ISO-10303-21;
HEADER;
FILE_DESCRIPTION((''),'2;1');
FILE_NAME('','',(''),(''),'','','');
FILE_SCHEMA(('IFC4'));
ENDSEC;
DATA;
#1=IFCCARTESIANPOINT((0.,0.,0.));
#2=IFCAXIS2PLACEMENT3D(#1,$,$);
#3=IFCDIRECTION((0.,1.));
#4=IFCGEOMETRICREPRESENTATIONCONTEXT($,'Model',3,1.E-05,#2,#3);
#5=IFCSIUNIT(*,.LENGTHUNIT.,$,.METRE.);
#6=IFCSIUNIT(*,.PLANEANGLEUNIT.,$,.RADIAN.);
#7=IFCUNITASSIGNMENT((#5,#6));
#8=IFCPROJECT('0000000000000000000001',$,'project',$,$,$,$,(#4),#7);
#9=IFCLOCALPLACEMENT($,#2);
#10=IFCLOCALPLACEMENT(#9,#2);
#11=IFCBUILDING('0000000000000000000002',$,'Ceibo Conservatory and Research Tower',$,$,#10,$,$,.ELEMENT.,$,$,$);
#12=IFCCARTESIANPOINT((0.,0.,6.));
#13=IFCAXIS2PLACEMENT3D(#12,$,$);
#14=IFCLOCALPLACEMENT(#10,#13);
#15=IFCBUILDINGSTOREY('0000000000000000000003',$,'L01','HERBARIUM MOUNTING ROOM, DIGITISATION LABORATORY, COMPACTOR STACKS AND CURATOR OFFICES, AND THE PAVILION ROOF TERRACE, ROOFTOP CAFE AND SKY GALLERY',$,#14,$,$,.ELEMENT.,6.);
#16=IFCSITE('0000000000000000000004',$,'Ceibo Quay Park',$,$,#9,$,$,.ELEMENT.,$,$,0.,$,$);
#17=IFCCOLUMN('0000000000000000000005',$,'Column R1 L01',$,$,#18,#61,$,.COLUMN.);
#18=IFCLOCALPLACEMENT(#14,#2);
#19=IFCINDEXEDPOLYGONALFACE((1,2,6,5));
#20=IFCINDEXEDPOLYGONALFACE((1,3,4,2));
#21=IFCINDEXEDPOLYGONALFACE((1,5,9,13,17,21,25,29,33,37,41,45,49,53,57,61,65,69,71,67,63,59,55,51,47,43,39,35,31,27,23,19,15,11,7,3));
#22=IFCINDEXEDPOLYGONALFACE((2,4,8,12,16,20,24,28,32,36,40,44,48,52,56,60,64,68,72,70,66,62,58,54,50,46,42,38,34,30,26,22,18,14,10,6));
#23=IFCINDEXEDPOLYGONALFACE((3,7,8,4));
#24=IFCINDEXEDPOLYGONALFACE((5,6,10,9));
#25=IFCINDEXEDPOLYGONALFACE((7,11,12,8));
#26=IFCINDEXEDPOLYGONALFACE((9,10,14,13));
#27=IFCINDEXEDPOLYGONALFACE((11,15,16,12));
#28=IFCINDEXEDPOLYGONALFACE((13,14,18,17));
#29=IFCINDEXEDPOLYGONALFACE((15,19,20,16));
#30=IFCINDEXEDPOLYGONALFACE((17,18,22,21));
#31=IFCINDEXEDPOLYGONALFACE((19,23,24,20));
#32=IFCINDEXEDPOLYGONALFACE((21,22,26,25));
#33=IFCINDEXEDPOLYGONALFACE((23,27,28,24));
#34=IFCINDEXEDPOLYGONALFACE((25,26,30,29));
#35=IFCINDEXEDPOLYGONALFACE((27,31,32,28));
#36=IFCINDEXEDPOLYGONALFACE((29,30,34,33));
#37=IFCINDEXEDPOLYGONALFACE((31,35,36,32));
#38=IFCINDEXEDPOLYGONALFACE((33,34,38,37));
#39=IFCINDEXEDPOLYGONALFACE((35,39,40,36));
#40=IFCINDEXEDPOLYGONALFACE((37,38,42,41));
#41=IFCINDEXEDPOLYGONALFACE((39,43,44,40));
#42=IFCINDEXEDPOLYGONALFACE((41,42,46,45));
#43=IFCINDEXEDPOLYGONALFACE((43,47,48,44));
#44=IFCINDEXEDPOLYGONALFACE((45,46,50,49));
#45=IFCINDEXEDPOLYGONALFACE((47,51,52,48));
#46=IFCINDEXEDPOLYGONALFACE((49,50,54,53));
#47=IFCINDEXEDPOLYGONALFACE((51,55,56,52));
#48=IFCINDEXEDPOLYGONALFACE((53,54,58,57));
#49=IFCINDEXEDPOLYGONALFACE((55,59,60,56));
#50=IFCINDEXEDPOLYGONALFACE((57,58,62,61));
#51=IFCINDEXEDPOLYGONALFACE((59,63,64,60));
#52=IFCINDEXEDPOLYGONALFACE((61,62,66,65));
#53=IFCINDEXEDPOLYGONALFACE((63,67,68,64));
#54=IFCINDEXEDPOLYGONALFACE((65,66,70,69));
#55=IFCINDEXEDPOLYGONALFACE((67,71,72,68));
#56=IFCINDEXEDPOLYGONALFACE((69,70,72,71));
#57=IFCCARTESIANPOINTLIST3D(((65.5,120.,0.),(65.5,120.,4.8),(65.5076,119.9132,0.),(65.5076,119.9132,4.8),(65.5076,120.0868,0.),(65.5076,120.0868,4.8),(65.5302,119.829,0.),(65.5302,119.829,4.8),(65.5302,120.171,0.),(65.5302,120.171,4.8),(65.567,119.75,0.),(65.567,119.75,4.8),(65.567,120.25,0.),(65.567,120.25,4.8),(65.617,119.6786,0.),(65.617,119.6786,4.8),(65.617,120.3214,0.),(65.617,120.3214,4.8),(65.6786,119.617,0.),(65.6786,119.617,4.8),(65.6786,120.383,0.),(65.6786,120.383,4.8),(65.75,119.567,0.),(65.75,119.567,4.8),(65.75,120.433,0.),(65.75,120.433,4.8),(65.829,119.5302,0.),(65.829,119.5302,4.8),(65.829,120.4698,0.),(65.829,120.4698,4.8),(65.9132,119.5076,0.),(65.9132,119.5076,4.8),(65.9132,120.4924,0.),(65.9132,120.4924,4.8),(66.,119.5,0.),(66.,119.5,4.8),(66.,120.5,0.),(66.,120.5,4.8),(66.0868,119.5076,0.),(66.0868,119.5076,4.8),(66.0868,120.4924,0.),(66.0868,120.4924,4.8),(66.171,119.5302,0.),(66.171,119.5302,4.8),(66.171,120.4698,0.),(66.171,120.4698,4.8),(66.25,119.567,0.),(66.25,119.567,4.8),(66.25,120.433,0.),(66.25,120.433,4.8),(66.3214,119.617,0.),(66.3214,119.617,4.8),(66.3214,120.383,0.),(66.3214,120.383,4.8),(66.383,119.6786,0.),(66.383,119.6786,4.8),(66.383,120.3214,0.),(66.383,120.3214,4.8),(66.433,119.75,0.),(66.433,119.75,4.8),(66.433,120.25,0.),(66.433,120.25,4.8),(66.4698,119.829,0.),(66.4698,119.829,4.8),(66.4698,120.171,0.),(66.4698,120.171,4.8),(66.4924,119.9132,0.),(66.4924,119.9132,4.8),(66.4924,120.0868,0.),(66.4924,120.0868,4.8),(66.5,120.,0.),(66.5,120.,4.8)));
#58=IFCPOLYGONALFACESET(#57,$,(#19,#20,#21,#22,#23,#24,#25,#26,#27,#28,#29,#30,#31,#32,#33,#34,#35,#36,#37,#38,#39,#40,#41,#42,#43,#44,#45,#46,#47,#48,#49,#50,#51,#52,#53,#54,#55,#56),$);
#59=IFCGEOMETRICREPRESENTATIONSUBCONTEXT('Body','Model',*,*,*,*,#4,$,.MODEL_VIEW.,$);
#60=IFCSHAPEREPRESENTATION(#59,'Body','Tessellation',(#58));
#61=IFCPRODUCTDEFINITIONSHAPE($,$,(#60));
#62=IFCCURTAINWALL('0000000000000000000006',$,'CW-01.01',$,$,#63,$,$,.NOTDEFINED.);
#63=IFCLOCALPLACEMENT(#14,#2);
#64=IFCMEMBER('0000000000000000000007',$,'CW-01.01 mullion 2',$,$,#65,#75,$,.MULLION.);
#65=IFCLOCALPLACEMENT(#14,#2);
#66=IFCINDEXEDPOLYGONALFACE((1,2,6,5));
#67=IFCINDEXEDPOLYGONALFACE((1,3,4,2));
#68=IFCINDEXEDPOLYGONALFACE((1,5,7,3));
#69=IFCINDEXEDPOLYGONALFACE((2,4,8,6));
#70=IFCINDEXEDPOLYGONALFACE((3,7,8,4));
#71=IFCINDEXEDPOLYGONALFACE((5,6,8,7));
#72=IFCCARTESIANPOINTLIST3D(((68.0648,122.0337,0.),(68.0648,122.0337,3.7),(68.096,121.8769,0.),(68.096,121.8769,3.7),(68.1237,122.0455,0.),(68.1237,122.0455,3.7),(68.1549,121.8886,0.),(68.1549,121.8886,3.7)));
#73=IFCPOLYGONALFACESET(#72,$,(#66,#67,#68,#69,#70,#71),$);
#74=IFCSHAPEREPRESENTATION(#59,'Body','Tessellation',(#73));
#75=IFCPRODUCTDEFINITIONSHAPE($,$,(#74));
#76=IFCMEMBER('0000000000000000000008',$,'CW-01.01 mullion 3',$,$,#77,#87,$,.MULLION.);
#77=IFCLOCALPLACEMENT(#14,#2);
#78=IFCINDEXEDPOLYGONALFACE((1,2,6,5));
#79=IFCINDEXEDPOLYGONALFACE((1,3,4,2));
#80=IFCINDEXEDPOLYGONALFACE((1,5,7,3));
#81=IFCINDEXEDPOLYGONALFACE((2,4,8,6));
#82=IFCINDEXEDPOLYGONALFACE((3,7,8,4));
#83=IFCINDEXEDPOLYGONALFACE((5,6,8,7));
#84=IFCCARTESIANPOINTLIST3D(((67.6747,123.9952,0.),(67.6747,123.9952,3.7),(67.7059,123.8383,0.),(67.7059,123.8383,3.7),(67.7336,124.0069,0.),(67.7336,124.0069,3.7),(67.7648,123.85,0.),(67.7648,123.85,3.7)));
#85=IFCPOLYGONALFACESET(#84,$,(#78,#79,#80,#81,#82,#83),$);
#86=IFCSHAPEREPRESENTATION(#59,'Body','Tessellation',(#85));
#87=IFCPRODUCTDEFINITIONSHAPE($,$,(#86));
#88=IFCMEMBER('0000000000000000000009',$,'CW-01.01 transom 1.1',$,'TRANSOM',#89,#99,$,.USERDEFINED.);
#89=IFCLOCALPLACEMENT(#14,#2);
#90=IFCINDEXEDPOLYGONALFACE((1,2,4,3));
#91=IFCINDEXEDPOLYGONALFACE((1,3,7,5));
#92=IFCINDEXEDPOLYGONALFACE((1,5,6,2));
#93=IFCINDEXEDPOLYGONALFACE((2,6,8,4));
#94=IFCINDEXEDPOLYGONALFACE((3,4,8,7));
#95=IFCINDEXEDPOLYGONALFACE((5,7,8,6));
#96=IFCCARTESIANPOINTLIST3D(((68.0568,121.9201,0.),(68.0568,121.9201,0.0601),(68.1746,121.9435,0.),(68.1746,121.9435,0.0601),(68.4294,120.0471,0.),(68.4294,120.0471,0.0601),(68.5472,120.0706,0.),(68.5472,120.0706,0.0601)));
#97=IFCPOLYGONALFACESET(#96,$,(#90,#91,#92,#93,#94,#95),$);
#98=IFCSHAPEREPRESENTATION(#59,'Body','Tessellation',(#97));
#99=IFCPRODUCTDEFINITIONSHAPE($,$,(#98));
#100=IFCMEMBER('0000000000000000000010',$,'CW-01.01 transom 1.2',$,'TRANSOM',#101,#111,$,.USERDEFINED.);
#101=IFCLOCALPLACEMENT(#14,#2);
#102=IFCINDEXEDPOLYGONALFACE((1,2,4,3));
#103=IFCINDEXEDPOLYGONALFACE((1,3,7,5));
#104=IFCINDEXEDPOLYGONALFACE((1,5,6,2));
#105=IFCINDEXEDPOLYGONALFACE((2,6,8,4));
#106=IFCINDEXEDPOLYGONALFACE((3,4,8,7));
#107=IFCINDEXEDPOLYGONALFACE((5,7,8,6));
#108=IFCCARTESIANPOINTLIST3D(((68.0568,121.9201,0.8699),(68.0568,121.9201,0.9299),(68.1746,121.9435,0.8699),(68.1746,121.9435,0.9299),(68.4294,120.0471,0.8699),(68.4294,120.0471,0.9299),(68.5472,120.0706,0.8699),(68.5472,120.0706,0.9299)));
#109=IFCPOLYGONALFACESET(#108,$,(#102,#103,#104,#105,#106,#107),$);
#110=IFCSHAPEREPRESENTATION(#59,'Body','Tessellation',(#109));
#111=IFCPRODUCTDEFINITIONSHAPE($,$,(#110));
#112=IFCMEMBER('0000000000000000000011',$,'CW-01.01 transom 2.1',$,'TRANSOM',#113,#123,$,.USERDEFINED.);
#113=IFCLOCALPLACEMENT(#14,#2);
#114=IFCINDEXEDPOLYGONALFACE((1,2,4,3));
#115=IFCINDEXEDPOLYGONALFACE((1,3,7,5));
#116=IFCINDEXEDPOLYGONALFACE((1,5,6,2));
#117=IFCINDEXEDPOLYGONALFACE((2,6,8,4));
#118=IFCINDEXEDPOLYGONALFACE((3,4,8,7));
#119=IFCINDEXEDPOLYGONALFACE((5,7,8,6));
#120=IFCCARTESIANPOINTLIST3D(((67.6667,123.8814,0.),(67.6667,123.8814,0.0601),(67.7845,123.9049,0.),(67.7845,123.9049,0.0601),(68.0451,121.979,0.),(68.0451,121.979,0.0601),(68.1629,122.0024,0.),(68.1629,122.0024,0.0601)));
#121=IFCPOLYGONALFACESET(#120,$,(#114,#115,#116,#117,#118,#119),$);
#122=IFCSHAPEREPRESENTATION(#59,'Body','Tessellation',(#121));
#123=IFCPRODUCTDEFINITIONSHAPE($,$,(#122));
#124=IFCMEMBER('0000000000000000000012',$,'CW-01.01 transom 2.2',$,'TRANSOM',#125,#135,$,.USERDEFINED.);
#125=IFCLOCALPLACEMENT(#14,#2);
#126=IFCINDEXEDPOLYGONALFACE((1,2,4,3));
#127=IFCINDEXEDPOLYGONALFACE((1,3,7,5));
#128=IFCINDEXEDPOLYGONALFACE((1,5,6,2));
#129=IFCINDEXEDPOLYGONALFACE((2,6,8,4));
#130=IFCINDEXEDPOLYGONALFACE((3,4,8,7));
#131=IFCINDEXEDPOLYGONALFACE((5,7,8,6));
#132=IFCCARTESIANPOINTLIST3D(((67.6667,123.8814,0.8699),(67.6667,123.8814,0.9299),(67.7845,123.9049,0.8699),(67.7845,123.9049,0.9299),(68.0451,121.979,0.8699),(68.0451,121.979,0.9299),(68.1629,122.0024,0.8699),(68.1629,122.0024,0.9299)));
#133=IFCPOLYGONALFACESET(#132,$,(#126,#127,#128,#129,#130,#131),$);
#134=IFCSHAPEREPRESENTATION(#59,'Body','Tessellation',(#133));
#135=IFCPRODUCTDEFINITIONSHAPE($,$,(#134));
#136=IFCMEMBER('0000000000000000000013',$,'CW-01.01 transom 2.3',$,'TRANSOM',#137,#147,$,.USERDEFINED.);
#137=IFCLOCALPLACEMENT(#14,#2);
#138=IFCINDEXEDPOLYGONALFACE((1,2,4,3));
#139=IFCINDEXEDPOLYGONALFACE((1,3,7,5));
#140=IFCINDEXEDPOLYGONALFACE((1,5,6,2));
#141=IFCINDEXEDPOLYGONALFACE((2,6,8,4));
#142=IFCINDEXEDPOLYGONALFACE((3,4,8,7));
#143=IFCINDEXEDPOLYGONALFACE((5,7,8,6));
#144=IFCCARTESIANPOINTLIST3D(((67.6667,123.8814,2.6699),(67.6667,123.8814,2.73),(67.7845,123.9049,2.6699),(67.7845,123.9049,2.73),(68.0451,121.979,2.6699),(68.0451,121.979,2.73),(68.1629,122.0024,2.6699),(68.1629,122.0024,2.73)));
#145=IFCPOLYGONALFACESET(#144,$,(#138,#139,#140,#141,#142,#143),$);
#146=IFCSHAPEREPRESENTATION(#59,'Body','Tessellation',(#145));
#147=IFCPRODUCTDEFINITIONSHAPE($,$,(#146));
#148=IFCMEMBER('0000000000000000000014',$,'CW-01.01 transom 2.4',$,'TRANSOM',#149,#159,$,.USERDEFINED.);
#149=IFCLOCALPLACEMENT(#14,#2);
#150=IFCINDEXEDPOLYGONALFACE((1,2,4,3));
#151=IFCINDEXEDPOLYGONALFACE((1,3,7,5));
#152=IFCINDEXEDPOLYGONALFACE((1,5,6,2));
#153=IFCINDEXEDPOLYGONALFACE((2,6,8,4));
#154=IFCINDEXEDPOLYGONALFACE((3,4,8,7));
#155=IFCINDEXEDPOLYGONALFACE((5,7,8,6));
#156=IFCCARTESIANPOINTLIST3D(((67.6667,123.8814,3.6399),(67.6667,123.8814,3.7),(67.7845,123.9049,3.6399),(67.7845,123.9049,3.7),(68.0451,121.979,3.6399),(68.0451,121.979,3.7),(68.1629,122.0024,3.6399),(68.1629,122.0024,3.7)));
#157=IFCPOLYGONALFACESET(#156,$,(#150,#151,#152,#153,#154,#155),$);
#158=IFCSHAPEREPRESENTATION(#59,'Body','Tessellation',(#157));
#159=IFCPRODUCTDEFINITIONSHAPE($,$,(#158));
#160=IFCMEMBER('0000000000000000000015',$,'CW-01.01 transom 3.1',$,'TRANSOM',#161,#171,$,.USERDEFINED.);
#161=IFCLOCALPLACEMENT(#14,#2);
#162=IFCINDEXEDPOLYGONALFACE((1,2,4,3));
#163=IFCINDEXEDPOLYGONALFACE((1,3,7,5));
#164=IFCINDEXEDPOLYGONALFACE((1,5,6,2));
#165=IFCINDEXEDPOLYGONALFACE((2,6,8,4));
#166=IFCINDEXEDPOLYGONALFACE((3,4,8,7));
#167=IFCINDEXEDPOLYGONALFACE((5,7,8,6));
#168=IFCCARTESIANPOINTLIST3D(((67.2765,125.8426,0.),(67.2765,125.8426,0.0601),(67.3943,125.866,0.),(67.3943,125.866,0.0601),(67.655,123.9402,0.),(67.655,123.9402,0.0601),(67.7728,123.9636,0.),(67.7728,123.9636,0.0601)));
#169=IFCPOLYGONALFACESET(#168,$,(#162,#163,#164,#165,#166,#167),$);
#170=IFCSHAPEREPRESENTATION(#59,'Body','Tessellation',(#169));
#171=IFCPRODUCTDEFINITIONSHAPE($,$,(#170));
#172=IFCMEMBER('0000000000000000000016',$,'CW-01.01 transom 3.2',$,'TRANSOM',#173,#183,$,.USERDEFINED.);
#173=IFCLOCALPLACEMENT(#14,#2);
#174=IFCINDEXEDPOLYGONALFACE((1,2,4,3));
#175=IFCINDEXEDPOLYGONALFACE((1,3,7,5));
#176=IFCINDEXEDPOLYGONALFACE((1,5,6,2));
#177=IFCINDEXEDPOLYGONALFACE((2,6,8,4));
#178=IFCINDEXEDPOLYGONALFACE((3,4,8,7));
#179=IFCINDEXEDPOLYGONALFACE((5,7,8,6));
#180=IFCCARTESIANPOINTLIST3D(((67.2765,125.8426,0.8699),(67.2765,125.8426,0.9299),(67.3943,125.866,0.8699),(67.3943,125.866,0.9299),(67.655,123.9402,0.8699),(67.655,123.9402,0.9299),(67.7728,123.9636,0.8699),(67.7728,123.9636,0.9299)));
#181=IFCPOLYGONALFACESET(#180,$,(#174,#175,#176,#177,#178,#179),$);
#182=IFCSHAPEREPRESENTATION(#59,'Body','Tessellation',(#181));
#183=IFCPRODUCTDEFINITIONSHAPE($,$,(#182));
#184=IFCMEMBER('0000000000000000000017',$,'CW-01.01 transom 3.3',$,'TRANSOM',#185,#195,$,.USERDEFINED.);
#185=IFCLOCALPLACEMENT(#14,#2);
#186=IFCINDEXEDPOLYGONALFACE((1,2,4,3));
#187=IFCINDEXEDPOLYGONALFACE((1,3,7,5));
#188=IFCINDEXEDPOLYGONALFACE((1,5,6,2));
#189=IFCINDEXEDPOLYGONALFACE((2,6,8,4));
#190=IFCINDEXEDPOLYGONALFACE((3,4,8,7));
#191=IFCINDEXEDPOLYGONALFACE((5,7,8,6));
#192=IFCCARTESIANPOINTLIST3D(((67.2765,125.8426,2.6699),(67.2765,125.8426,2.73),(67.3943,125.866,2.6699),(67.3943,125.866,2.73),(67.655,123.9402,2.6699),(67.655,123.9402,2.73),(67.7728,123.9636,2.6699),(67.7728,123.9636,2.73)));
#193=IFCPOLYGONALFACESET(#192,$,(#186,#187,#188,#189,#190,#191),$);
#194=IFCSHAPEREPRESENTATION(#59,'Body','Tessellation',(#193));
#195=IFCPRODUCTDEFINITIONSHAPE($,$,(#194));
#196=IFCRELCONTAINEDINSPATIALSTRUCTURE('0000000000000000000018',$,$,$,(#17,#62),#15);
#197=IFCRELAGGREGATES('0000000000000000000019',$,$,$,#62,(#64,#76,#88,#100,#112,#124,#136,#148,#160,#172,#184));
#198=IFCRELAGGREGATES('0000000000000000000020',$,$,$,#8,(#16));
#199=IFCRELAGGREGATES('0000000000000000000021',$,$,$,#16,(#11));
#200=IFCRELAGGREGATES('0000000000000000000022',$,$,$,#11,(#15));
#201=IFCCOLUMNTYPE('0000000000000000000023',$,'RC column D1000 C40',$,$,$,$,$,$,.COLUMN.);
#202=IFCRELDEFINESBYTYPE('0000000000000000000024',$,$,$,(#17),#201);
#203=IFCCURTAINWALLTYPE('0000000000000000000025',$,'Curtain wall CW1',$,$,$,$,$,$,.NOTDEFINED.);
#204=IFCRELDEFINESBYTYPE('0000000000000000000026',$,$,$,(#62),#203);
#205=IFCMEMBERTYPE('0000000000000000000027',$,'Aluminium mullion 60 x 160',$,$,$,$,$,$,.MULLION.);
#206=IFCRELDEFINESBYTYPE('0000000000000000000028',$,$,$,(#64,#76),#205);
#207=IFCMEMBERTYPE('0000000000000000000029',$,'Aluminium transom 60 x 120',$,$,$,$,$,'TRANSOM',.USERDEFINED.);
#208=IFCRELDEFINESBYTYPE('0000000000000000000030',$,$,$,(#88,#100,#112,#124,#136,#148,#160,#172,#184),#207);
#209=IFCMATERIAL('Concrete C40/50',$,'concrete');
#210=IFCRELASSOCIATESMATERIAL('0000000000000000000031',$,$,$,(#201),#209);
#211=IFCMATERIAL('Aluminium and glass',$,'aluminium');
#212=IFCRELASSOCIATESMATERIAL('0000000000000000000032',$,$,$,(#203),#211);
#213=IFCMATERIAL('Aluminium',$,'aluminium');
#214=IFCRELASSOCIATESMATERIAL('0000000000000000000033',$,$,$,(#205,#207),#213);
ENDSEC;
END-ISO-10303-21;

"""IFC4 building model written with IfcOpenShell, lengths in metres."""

from ifc_helpers import new_model, si_unit, direction, frame, origin, origin_2d, place, context, subcontext, project, spatial, rectangle, circle, extrude, material, material_profile, profile_set, type_object, element, aggregate, save


model = new_model("IFC4")

# Units and contexts
model_context = context("Model", 3, precision=1e-05, world=origin(), true_north=direction((0.0, 1.0)))
body_context = subcontext(model_context, "Body", "Model", "MODEL_VIEW")
ifc_project = project(units=[si_unit("LENGTHUNIT", "METRE"), si_unit("PLANEANGLEUNIT", "RADIAN")], contexts=[model_context])

# Site, building, storey
site_placement = place(None, origin())
site = spatial("IfcSite", under=ifc_project, at=site_placement, Name="Ceibo Quay Park", CompositionType="ELEMENT", RefElevation=0.0)
building_placement = place(site_placement, origin())
building = spatial("IfcBuilding", under=site, at=building_placement, Name="Ceibo Conservatory and Research Tower", CompositionType="ELEMENT")
storey_placement = place(building_placement, frame((0.0, 0.0, 6.0)))
storey = spatial("IfcBuildingStorey", under=building, at=storey_placement, Name="L01", Description="HERBARIUM MOUNTING ROOM, DIGITISATION LABORATORY, COMPACTOR STACKS AND CURATOR OFFICES, AND THE PAVILION ROOF TERRACE, ROOFTOP CAFE AND SKY GALLERY", CompositionType="ELEMENT", Elevation=6.0)

# Column
ifc_material_1 = material(Name="Concrete C40/50", Category="concrete")
ifc_material_profile_1 = material_profile(ifc_material_1, circle(Radius=0.5, at=origin_2d()), Name="RC D1000")
ifc_profile_set_1 = profile_set([ifc_material_profile_1], Name="Concrete C40/50")
column_type = type_object("IfcColumnType", Name="RC column D1000 C40", PredefinedType="COLUMN", material=ifc_profile_set_1)
column_placement = place(storey_placement, frame((66.0, 120.0, 0.0), z_axis=(0.0, 0.0, 1.0), x_axis=(1.0, 0.0, 0.0)))
element("IfcColumn", 1, at=column_placement, inside=storey, type_object=column_type, Name="Column R1 L01", PredefinedType="COLUMN", context=body_context, shape_type="SweptSolid", body=[
    extrude(circle(Radius=0.5, at=origin_2d()), origin(), (0.0, 0.0, 1.0), 4.8),
])

# Curtain wall, members
ifc_material_2 = material(Name="Aluminium and glass", Category="aluminium")
curtain_wall_type = type_object("IfcCurtainWallType", Name="Curtain wall CW1", PredefinedType="NOTDEFINED", material=ifc_material_2)
curtain_wall_placement = place(storey_placement, origin())
curtain_wall = element("IfcCurtainWall", 2, at=curtain_wall_placement, inside=storey, type_object=curtain_wall_type, Name="CW-01.01", PredefinedType="NOTDEFINED")
ifc_material_3 = material(Name="Aluminium", Category="aluminium")
ifc_material_profile_2 = material_profile(ifc_material_3, rectangle(XDim=0.0601, YDim=0.1599, at=origin_2d()), Name="Aluminium 60 x 160")
ifc_profile_set_2 = profile_set([ifc_material_profile_2], Name="Aluminium")
member_type_1 = type_object("IfcMemberType", Name="Aluminium mullion 60 x 160", PredefinedType="MULLION", material=ifc_profile_set_2)
member_1_placement = place(storey_placement, frame((68.1099, 121.9612, 0.0), z_axis=(0.0, 0.0, 1.0), x_axis=(-0.980785, -0.19509, 0.0)))
member_1 = element("IfcMember", 3, at=member_1_placement, type_object=member_type_1, Name="CW-01.01 mullion 2", PredefinedType="MULLION", context=body_context, shape_type="SweptSolid", body=[
    extrude(rectangle(XDim=0.0601, YDim=0.1599, at=origin_2d()), origin(), (0.0, 0.0, 1.0), 3.7),
])
member_2_placement = place(storey_placement, frame((67.7197, 123.9226, 0.0), z_axis=(0.0, 0.0, 1.0), x_axis=(-0.980785, -0.19509, 0.0)))
member_2 = element("IfcMember", 4, at=member_2_placement, type_object=member_type_1, Name="CW-01.01 mullion 3", PredefinedType="MULLION", context=body_context, shape_type="SweptSolid", body=[
    extrude(rectangle(XDim=0.0601, YDim=0.1599, at=origin_2d()), origin(), (0.0, 0.0, 1.0), 3.7),
])
ifc_material_profile_3 = material_profile(ifc_material_3, rectangle(XDim=0.1201, YDim=0.0601, at=origin_2d()), Name="Aluminium 60 x 120")
ifc_profile_set_3 = profile_set([ifc_material_profile_3], Name="Aluminium")
member_type_2 = type_object("IfcMemberType", Name="Aluminium transom 60 x 120", ElementType="TRANSOM", PredefinedType="USERDEFINED", material=ifc_profile_set_3)
member_3_placement = place(storey_placement, frame((68.4883, 120.0588, 0.03), z_axis=(-0.195083, 0.980787, 0.0), x_axis=(-0.980787, -0.195083, 0.0)))
member_3 = element("IfcMember", 5, at=member_3_placement, type_object=member_type_2, Name="CW-01.01 transom 1.1", ObjectType="TRANSOM", PredefinedType="USERDEFINED", context=body_context, shape_type="SweptSolid", body=[
    extrude(rectangle(XDim=0.1201, YDim=0.0601, at=origin_2d()), origin(), (0.0, 0.0, 1.0), 1.9097),
])
member_4_placement = place(storey_placement, frame((68.4883, 120.0588, 0.8999), z_axis=(-0.195083, 0.980787, 0.0), x_axis=(-0.980787, -0.195083, 0.0)))
member_4 = element("IfcMember", 6, at=member_4_placement, type_object=member_type_2, Name="CW-01.01 transom 1.2", ObjectType="TRANSOM", PredefinedType="USERDEFINED", context=body_context, shape_type="SweptSolid", body=[
    extrude(rectangle(XDim=0.1201, YDim=0.0601, at=origin_2d()), origin(), (0.0, 0.0, 1.0), 1.9097),
])
member_5_placement = place(storey_placement, frame((68.104, 121.9907, 0.03), z_axis=(-0.195099, 0.980783, 0.0), x_axis=(-0.980783, -0.195099, 0.0)))
member_5 = element("IfcMember", 7, at=member_5_placement, type_object=member_type_2, Name="CW-01.01 transom 2.1", ObjectType="TRANSOM", PredefinedType="USERDEFINED", context=body_context, shape_type="SweptSolid", body=[
    extrude(rectangle(XDim=0.1201, YDim=0.0601, at=origin_2d()), origin(), (0.0, 0.0, 1.0), 1.9397),
])
member_6_placement = place(storey_placement, frame((68.104, 121.9907, 0.8999), z_axis=(-0.195099, 0.980783, 0.0), x_axis=(-0.980783, -0.195099, 0.0)))
member_6 = element("IfcMember", 8, at=member_6_placement, type_object=member_type_2, Name="CW-01.01 transom 2.2", ObjectType="TRANSOM", PredefinedType="USERDEFINED", context=body_context, shape_type="SweptSolid", body=[
    extrude(rectangle(XDim=0.1201, YDim=0.0601, at=origin_2d()), origin(), (0.0, 0.0, 1.0), 1.9397),
])
member_7_placement = place(storey_placement, frame((68.104, 121.9907, 2.7), z_axis=(-0.195099, 0.980783, 0.0), x_axis=(-0.980783, -0.195099, 0.0)))
member_7 = element("IfcMember", 9, at=member_7_placement, type_object=member_type_2, Name="CW-01.01 transom 2.3", ObjectType="TRANSOM", PredefinedType="USERDEFINED", context=body_context, shape_type="SweptSolid", body=[
    extrude(rectangle(XDim=0.1201, YDim=0.0601, at=origin_2d()), origin(), (0.0, 0.0, 1.0), 1.9397),
])
member_8_placement = place(storey_placement, frame((68.104, 121.9907, 3.6699), z_axis=(-0.195099, 0.980783, 0.0), x_axis=(-0.980783, -0.195099, 0.0)))
member_8 = element("IfcMember", 10, at=member_8_placement, type_object=member_type_2, Name="CW-01.01 transom 2.4", ObjectType="TRANSOM", PredefinedType="USERDEFINED", context=body_context, shape_type="SweptSolid", body=[
    extrude(rectangle(XDim=0.1201, YDim=0.0601, at=origin_2d()), origin(), (0.0, 0.0, 1.0), 1.9397),
])
member_9_placement = place(storey_placement, frame((67.7139, 123.9519, 0.03), z_axis=(-0.195099, 0.980783, 0.0), x_axis=(-0.980783, -0.195099, 0.0)))
member_9 = element("IfcMember", 11, at=member_9_placement, type_object=member_type_2, Name="CW-01.01 transom 3.1", ObjectType="TRANSOM", PredefinedType="USERDEFINED", context=body_context, shape_type="SweptSolid", body=[
    extrude(rectangle(XDim=0.1201, YDim=0.0601, at=origin_2d()), origin(), (0.0, 0.0, 1.0), 1.9397),
])
member_10_placement = place(storey_placement, frame((67.7139, 123.9519, 0.8999), z_axis=(-0.195099, 0.980783, 0.0), x_axis=(-0.980783, -0.195099, 0.0)))
member_10 = element("IfcMember", 12, at=member_10_placement, type_object=member_type_2, Name="CW-01.01 transom 3.2", ObjectType="TRANSOM", PredefinedType="USERDEFINED", context=body_context, shape_type="SweptSolid", body=[
    extrude(rectangle(XDim=0.1201, YDim=0.0601, at=origin_2d()), origin(), (0.0, 0.0, 1.0), 1.9397),
])
member_11_placement = place(storey_placement, frame((67.7139, 123.9519, 2.7), z_axis=(-0.195099, 0.980783, 0.0), x_axis=(-0.980783, -0.195099, 0.0)))
member_11 = element("IfcMember", 13, at=member_11_placement, type_object=member_type_2, Name="CW-01.01 transom 3.3", ObjectType="TRANSOM", PredefinedType="USERDEFINED", context=body_context, shape_type="SweptSolid", body=[
    extrude(rectangle(XDim=0.1201, YDim=0.0601, at=origin_2d()), origin(), (0.0, 0.0, 1.0), 1.9397),
])

aggregate(curtain_wall, [member_1, member_2, member_3, member_4, member_5, member_6, member_7, member_8, member_9, member_10, member_11])

save(model, "model.ifc")
